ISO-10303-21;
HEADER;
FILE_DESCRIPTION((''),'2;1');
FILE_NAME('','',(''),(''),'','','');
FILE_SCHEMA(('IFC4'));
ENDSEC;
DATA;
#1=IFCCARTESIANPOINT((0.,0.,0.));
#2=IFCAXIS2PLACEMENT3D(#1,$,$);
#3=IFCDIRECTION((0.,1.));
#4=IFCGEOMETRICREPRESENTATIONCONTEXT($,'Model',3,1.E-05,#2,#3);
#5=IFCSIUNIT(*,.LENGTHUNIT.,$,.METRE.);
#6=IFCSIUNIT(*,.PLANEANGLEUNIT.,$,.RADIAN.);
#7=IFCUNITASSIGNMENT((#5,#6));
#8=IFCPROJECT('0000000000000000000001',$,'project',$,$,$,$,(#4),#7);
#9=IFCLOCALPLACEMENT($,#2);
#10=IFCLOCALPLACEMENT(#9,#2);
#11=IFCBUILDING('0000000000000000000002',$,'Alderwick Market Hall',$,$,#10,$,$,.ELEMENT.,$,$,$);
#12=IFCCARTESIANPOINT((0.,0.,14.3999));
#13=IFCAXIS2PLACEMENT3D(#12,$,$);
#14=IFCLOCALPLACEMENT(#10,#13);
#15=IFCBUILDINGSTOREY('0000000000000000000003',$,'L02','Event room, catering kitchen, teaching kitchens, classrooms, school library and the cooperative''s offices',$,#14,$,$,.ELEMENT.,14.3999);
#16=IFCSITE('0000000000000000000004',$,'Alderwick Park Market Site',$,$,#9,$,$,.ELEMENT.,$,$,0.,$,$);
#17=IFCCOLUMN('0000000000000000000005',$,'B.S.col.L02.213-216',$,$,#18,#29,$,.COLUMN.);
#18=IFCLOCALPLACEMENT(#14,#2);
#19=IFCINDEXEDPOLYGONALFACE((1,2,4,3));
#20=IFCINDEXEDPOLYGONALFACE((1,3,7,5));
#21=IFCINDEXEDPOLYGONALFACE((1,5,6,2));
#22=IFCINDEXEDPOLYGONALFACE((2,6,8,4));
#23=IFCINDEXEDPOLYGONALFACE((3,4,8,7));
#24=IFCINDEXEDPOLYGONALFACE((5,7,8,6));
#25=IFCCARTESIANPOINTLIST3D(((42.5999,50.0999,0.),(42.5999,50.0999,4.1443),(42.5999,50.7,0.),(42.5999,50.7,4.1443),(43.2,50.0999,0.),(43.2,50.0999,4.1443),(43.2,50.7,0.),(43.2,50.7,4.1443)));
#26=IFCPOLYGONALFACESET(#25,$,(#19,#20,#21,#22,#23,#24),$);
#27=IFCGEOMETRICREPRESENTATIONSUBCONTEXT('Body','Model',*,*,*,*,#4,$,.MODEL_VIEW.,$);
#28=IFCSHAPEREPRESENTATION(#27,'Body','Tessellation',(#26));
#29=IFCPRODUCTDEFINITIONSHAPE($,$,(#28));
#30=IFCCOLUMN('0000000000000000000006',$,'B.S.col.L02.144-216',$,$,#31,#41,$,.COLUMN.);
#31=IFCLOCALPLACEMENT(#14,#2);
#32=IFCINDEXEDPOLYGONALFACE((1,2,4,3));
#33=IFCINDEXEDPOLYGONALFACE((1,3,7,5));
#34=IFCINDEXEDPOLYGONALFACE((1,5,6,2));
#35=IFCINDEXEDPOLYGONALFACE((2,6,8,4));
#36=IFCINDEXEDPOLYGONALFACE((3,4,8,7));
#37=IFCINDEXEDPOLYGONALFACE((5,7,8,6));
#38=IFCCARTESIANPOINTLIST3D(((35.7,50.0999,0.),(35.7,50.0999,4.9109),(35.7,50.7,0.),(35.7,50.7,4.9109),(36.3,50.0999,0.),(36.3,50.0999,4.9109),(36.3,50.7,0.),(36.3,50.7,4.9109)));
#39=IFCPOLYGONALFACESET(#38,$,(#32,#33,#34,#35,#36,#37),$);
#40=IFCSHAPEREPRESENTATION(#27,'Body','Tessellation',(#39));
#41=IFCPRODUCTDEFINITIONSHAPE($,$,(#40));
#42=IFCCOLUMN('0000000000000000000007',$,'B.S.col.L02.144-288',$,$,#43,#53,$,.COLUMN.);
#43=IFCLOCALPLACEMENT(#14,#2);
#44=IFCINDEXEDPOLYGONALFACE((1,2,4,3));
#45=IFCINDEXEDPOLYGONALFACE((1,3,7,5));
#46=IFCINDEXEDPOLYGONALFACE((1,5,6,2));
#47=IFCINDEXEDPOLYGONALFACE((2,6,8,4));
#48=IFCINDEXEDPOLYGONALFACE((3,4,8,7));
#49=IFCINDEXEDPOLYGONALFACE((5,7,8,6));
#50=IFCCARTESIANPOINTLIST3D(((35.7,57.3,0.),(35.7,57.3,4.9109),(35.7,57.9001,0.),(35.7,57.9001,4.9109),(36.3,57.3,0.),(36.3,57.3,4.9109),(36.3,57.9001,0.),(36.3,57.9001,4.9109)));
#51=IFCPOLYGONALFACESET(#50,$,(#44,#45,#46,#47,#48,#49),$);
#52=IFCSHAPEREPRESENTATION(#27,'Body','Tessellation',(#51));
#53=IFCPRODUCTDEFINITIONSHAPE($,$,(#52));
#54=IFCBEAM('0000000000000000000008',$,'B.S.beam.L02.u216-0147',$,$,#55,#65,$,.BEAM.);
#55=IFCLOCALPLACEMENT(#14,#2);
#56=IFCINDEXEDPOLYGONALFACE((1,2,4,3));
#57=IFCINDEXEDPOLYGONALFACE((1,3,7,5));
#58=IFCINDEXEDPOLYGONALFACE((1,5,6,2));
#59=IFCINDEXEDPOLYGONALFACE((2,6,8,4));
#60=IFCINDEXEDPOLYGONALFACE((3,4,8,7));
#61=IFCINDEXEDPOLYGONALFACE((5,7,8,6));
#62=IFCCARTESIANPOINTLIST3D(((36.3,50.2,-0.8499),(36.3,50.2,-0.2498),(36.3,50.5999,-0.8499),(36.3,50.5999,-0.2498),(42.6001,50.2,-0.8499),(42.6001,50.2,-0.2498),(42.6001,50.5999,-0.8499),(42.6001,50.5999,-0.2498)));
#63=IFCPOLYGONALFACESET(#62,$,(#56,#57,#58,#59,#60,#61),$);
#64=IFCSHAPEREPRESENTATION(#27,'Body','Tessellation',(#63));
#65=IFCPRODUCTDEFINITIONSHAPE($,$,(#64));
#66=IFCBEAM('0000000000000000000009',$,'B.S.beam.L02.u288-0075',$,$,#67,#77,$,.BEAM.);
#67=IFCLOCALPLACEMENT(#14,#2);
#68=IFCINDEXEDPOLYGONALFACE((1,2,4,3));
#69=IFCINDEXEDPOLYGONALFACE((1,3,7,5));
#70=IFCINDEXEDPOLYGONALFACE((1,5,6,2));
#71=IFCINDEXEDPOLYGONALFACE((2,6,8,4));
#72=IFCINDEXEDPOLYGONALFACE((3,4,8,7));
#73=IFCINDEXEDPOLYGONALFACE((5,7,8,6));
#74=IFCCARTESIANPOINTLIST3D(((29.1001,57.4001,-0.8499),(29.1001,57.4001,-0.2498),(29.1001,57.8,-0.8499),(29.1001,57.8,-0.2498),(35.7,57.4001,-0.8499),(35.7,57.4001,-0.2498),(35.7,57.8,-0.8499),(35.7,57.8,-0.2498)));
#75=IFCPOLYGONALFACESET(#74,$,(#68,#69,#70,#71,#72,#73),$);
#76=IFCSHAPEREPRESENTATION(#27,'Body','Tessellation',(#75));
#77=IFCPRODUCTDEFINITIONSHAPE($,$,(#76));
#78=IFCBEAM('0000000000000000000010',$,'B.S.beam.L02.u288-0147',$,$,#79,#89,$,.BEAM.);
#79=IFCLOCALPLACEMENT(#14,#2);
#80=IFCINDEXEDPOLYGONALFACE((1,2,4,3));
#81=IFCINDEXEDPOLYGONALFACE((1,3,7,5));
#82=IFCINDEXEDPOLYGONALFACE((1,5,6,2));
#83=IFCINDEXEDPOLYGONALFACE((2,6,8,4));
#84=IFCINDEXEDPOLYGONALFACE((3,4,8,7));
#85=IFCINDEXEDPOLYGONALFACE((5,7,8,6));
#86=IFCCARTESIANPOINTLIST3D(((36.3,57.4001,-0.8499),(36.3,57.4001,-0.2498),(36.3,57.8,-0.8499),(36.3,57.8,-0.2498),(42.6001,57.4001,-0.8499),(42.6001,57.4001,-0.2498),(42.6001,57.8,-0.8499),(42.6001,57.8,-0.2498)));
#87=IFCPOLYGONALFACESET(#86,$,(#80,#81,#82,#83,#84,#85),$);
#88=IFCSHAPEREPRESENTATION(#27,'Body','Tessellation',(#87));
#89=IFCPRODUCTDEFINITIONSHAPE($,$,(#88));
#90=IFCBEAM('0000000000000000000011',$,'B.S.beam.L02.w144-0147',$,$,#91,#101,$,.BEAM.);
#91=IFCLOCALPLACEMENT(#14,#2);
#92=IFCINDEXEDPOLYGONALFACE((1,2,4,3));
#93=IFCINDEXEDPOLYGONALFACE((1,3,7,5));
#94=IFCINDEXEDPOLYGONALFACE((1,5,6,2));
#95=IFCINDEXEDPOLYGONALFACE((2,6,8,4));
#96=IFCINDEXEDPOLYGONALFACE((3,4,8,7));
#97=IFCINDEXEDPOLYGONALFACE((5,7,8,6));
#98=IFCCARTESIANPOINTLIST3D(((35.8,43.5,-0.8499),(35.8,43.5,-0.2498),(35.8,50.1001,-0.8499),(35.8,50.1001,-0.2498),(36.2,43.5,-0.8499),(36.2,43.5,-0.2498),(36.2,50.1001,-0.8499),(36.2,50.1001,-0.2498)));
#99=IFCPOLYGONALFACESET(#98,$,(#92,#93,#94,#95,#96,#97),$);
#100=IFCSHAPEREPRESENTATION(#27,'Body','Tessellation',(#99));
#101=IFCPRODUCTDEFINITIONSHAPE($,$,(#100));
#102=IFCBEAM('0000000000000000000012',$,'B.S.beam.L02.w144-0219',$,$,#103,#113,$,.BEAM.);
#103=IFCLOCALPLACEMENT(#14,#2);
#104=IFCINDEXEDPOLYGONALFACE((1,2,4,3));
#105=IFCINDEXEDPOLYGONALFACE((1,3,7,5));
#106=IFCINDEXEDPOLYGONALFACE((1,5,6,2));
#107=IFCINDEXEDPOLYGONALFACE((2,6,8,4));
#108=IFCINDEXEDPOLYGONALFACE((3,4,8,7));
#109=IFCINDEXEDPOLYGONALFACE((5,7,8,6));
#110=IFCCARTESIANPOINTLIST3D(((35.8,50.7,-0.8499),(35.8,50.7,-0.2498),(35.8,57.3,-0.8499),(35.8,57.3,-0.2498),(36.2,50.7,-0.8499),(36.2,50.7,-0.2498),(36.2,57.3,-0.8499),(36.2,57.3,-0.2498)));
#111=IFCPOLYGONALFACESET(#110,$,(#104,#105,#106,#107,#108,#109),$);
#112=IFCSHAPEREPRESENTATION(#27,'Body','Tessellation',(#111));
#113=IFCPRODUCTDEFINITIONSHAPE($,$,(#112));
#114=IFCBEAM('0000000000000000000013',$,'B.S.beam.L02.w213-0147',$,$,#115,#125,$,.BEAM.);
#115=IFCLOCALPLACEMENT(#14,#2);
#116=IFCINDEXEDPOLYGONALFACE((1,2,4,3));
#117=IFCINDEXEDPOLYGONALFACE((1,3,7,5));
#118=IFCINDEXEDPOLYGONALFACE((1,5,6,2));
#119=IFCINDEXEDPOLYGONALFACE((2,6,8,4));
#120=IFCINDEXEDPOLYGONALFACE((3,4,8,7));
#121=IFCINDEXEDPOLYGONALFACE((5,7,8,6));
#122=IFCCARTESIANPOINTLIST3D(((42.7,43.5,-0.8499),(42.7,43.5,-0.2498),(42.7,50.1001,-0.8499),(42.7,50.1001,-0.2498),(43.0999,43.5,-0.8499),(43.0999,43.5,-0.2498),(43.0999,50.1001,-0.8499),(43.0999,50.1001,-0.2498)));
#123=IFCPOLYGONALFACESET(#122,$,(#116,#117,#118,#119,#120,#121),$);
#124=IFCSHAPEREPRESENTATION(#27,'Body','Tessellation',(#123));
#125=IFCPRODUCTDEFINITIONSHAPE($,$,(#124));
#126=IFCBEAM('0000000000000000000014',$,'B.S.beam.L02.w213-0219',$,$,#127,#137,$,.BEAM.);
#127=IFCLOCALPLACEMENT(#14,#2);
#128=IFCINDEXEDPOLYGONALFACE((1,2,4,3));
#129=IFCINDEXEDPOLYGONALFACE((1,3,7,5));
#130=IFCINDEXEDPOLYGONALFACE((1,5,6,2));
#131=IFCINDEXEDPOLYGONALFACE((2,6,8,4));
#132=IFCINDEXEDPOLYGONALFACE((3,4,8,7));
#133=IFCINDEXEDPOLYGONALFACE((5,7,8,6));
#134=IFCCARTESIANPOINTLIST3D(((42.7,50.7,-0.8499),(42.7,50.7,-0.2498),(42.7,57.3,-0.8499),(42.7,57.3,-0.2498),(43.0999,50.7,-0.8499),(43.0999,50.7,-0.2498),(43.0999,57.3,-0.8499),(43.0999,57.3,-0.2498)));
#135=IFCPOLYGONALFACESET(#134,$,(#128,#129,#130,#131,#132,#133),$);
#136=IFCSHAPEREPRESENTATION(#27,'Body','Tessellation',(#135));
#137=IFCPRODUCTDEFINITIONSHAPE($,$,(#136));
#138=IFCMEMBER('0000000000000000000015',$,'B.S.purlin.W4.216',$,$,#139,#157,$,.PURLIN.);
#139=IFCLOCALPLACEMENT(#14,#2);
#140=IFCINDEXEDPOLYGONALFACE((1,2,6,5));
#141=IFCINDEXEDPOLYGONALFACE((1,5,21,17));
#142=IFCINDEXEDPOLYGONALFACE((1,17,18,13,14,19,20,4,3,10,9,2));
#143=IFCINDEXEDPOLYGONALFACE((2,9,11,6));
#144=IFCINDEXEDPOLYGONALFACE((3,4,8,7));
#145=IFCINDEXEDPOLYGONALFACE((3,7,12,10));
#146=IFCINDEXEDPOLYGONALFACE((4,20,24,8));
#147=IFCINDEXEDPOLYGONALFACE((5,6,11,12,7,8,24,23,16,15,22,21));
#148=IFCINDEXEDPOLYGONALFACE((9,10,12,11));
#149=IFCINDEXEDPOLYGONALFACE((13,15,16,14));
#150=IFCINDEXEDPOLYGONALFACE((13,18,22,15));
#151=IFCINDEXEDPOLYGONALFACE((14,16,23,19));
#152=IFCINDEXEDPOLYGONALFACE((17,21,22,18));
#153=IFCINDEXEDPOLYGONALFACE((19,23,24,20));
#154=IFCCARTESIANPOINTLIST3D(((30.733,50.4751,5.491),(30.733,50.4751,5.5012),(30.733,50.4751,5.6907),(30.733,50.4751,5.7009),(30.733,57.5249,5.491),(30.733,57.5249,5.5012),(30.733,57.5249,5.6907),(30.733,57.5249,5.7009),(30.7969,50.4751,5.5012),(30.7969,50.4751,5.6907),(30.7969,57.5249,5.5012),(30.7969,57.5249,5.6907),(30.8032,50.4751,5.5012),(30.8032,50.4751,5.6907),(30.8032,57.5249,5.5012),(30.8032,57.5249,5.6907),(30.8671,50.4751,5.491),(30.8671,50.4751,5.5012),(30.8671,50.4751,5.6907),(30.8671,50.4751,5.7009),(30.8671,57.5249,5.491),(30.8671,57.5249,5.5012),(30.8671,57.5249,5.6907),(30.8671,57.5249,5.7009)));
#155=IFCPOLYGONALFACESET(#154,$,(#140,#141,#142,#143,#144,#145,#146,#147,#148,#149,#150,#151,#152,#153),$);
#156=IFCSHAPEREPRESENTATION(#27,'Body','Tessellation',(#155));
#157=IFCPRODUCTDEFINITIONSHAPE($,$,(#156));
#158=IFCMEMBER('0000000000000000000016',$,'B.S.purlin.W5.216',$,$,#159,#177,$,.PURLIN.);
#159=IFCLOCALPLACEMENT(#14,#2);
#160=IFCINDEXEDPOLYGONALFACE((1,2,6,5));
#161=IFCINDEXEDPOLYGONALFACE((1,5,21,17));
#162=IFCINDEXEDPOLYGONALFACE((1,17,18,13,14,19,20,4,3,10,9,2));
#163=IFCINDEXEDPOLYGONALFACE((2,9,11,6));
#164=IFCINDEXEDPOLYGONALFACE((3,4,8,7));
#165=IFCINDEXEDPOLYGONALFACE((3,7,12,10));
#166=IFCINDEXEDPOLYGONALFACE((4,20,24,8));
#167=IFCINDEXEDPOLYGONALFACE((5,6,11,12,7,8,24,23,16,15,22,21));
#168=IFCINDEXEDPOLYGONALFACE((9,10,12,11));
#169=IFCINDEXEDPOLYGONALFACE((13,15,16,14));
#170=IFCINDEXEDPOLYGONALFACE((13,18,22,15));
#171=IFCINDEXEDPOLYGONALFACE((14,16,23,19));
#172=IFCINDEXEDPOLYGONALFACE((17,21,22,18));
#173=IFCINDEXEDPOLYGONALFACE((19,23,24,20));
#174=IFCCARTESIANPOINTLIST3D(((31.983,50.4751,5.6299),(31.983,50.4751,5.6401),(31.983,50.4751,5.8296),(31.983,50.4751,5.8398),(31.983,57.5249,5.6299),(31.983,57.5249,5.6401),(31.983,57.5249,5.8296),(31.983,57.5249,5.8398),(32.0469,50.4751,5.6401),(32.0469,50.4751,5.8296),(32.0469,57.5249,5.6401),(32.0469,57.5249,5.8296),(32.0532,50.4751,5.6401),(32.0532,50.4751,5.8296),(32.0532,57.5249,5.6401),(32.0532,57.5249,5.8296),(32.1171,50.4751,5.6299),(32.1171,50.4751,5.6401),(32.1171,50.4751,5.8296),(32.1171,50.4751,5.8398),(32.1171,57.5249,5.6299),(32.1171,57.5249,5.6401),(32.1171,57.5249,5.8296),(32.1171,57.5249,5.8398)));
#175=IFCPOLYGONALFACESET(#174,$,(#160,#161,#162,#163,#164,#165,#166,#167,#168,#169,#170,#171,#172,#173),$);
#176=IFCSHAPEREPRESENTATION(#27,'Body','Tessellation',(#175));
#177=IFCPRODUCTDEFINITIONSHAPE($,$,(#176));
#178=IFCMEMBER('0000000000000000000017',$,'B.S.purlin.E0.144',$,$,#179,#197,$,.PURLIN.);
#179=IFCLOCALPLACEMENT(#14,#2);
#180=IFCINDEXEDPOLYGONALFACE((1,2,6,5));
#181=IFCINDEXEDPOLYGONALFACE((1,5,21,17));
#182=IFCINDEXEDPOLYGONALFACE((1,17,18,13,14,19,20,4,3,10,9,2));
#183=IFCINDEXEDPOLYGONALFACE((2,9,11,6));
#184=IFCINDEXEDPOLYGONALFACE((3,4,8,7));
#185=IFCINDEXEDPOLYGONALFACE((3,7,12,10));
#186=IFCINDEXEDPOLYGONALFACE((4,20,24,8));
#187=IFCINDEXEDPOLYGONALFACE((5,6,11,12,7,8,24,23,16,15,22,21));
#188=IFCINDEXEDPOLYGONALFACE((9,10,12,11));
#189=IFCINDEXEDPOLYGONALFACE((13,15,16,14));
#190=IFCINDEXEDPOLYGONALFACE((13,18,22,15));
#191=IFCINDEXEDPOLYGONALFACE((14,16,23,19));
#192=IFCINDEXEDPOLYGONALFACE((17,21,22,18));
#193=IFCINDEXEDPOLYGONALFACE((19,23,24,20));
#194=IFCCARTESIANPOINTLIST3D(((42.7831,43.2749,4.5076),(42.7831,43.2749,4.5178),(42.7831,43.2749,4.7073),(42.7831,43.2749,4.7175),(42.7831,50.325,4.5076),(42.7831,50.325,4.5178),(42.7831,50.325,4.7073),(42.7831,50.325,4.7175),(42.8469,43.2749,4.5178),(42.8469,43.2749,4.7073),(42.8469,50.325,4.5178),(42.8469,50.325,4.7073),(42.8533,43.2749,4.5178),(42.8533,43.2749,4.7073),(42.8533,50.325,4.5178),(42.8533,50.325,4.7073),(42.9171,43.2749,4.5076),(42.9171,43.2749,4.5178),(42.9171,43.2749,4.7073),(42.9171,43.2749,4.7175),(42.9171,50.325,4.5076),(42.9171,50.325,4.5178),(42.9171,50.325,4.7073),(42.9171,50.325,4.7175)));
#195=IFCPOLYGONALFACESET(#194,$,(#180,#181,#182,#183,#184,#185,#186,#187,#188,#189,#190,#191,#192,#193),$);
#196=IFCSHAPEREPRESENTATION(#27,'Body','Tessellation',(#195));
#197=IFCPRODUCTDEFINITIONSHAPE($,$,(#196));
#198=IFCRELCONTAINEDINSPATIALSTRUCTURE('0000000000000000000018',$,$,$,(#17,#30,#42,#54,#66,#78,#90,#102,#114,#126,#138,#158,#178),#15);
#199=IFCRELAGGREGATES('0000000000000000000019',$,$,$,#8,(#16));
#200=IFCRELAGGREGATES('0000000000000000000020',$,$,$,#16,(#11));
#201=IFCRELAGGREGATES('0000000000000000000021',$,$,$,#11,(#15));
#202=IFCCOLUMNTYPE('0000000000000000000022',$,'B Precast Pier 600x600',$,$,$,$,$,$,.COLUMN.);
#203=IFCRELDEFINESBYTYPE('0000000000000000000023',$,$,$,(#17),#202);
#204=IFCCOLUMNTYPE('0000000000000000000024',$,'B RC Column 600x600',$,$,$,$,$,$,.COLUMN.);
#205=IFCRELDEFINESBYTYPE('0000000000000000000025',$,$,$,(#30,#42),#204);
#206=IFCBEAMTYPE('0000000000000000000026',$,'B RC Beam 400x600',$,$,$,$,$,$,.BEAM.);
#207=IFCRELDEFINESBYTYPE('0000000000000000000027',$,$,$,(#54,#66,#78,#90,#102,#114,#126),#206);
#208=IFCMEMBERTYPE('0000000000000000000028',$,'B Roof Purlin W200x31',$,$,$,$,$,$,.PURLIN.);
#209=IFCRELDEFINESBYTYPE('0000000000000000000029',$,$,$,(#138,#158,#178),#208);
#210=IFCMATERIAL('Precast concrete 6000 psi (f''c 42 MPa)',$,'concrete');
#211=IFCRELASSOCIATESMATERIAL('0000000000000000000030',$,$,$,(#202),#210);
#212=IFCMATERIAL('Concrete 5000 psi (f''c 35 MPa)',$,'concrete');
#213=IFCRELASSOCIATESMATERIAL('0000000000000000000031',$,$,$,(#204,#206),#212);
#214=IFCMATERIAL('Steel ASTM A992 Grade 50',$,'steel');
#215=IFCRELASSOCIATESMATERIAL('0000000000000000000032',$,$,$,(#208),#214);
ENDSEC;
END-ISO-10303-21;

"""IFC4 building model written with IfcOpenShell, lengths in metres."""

from ifc_helpers import new_model, si_unit, direction, frame, origin, origin_2d, place, context, subcontext, project, spatial, rectangle, i_section, extrude, material, material_profile, profile_set, type_object, element, save


model = new_model("IFC4")

# Units and contexts
model_context = context("Model", 3, precision=1e-05, world=origin(), true_north=direction((0.0, 1.0)))
body_context = subcontext(model_context, "Body", "Model", "MODEL_VIEW")
ifc_project = project(units=[si_unit("LENGTHUNIT", "METRE"), si_unit("PLANEANGLEUNIT", "RADIAN")], contexts=[model_context])

# Site, building, storey
site_placement = place(None, origin())
site = spatial("IfcSite", under=ifc_project, at=site_placement, Name="Alderwick Park Market Site", CompositionType="ELEMENT", RefElevation=0.0)
building_placement = place(site_placement, origin())
building = spatial("IfcBuilding", under=site, at=building_placement, Name="Alderwick Market Hall", CompositionType="ELEMENT")
storey_placement = place(building_placement, frame((0.0, 0.0, 14.3999)))
storey = spatial("IfcBuildingStorey", under=building, at=storey_placement, Name="L02", Description="Event room, catering kitchen, teaching kitchens, classrooms, school library and the cooperative's offices", CompositionType="ELEMENT", Elevation=14.3999)

# Columns
ifc_material_1 = material(Name="Precast concrete 6000 psi (f'c 42 MPa)", Category="concrete")
ifc_material_profile_1 = material_profile(ifc_material_1, rectangle(XDim=0.6001, YDim=0.6001, at=origin_2d()), Name="B Precast Pier 600x600")
ifc_profile_set_1 = profile_set([ifc_material_profile_1], Name="Precast concrete 6000 psi (f'c 42 MPa)")
column_type_1 = type_object("IfcColumnType", Name="B Precast Pier 600x600", PredefinedType="COLUMN", material=ifc_profile_set_1)
column_placement = place(storey_placement, frame((42.8999, 50.3999, 0.0), z_axis=(0.0, 0.0, 1.0), x_axis=(1.0, 0.0, 0.0)))
element("IfcColumn", 1, at=column_placement, inside=storey, type_object=column_type_1, Name="B.S.col.L02.213-216", PredefinedType="COLUMN", context=body_context, shape_type="SweptSolid", body=[
    extrude(rectangle(XDim=0.6001, YDim=0.6001, at=origin_2d()), origin(), (0.0, 0.0, 1.0), 4.1443),
])
ifc_material_2 = material(Name="Concrete 5000 psi (f'c 35 MPa)", Category="concrete")
ifc_material_profile_2 = material_profile(ifc_material_2, rectangle(XDim=0.6001, YDim=0.6001, at=origin_2d()), Name="B RC Column 600x600")
ifc_profile_set_2 = profile_set([ifc_material_profile_2], Name="Concrete 5000 psi (f'c 35 MPa)")
column_type_2 = type_object("IfcColumnType", Name="B RC Column 600x600", PredefinedType="COLUMN", material=ifc_profile_set_2)
for number, where, z_axis, x_axis, name in (
    (2, (36.0, 50.3999, 0.0), (0.0, 0.0, 1.0), (1.0, 0.0, 0.0), "B.S.col.L02.144-216"),
    (3, (36.0, 57.6001, 0.0), (0.0, 0.0, 1.0), (1.0, 0.0, 0.0), "B.S.col.L02.144-288"),
):
    element("IfcColumn", number, at=place(storey_placement, frame(where, z_axis=z_axis, x_axis=x_axis)), inside=storey, type_object=column_type_2, Name=name, PredefinedType="COLUMN", context=body_context, shape_type="SweptSolid", body=[
        extrude(rectangle(XDim=0.6001, YDim=0.6001, at=origin_2d()), origin(), (0.0, 0.0, 1.0), 4.9109),
    ])

# Beams
ifc_material_profile_3 = material_profile(ifc_material_2, rectangle(XDim=0.3999, YDim=0.6001, at=origin_2d()), Name="B RC Beam 400x600")
ifc_profile_set_3 = profile_set([ifc_material_profile_3], Name="Concrete 5000 psi (f'c 35 MPa)")
beam_type = type_object("IfcBeamType", Name="B RC Beam 400x600", PredefinedType="BEAM", material=ifc_profile_set_3)
beam_1_placement = place(storey_placement, frame((36.3, 50.3999, -0.5498), z_axis=(1.0, 0.0, 0.0), x_axis=(0.0, 1.0, 0.0)))
element("IfcBeam", 4, at=beam_1_placement, inside=storey, type_object=beam_type, Name="B.S.beam.L02.u216-0147", PredefinedType="BEAM", context=body_context, shape_type="SweptSolid", body=[
    extrude(rectangle(XDim=0.3999, YDim=0.6001, at=origin_2d()), origin(), (0.0, 0.0, 1.0), 6.3),
])
beam_2_placement = place(storey_placement, frame((29.1001, 57.6001, -0.5498), z_axis=(1.0, 0.0, 0.0), x_axis=(0.0, 1.0, 0.0)))
element("IfcBeam", 5, at=beam_2_placement, inside=storey, type_object=beam_type, Name="B.S.beam.L02.u288-0075", PredefinedType="BEAM", context=body_context, shape_type="SweptSolid", body=[
    extrude(rectangle(XDim=0.3999, YDim=0.6001, at=origin_2d()), origin(), (0.0, 0.0, 1.0), 6.5999),
])
beam_3_placement = place(storey_placement, frame((36.3, 57.6001, -0.5498), z_axis=(1.0, 0.0, 0.0), x_axis=(0.0, 1.0, 0.0)))
element("IfcBeam", 6, at=beam_3_placement, inside=storey, type_object=beam_type, Name="B.S.beam.L02.u288-0147", PredefinedType="BEAM", context=body_context, shape_type="SweptSolid", body=[
    extrude(rectangle(XDim=0.3999, YDim=0.6001, at=origin_2d()), origin(), (0.0, 0.0, 1.0), 6.3),
])
for number, where, z_axis, x_axis, name in (
    (7, (36.0, 43.5, -0.5498), (0.0, 1.0, 0.0), (-1.0, 0.0, 0.0), "B.S.beam.L02.w144-0147"),
    (8, (36.0, 50.7, -0.5498), (0.0, 1.0, 0.0), (-1.0, 0.0, 0.0), "B.S.beam.L02.w144-0219"),
    (9, (42.8999, 43.5, -0.5498), (0.0, 1.0, 0.0), (-1.0, 0.0, 0.0), "B.S.beam.L02.w213-0147"),
    (10, (42.8999, 50.7, -0.5498), (0.0, 1.0, 0.0), (-1.0, 0.0, 0.0), "B.S.beam.L02.w213-0219"),
):
    element("IfcBeam", number, at=place(storey_placement, frame(where, z_axis=z_axis, x_axis=x_axis)), inside=storey, type_object=beam_type, Name=name, PredefinedType="BEAM", context=body_context, shape_type="SweptSolid", body=[
        extrude(rectangle(XDim=0.3999, YDim=0.6001, at=origin_2d()), origin(), (0.0, 0.0, 1.0), 6.6001),
    ])

# Members
ifc_material_3 = material(Name="Steel ASTM A992 Grade 50", Category="steel")
ifc_material_profile_4 = material_profile(ifc_material_3, i_section(OverallWidth=0.134, OverallDepth=0.21, WebThickness=0.0063, FlangeThickness=0.0103, at=origin_2d()), Name="W200x31")
ifc_profile_set_4 = profile_set([ifc_material_profile_4], Name="Steel ASTM A992 Grade 50")
member_type = type_object("IfcMemberType", Name="B Roof Purlin W200x31", PredefinedType="PURLIN", material=ifc_profile_set_4)
for number, where, z_axis, x_axis, name in (
    (11, (30.8, 50.4751, 5.5959), (0.0, 1.0, 0.0), (-1.0, 0.0, 0.0), "B.S.purlin.W4.216"),
    (12, (32.05, 50.4751, 5.7349), (0.0, 1.0, 0.0), (-1.0, 0.0, 0.0), "B.S.purlin.W5.216"),
):
    element("IfcMember", number, at=place(storey_placement, frame(where, z_axis=z_axis, x_axis=x_axis)), inside=storey, type_object=member_type, Name=name, PredefinedType="PURLIN", context=body_context, shape_type="SweptSolid", body=[
        extrude(i_section(OverallWidth=0.134, OverallDepth=0.21, WebThickness=0.0063, FlangeThickness=0.0103, at=origin_2d()), origin(), (0.0, 0.0, 1.0), 7.0498),
    ])
member_1_placement = place(storey_placement, frame((42.8501, 43.2749, 4.6125), z_axis=(0.0, 1.0, 0.0), x_axis=(-1.0, 0.0, 0.0)))
element("IfcMember", 13, at=member_1_placement, inside=storey, type_object=member_type, Name="B.S.purlin.E0.144", PredefinedType="PURLIN", context=body_context, shape_type="SweptSolid", body=[
    extrude(i_section(OverallWidth=0.134, OverallDepth=0.21, WebThickness=0.0063, FlangeThickness=0.0103, at=origin_2d()), origin(), (0.0, 0.0, 1.0), 7.05),
])

save(model, "model.ifc")
